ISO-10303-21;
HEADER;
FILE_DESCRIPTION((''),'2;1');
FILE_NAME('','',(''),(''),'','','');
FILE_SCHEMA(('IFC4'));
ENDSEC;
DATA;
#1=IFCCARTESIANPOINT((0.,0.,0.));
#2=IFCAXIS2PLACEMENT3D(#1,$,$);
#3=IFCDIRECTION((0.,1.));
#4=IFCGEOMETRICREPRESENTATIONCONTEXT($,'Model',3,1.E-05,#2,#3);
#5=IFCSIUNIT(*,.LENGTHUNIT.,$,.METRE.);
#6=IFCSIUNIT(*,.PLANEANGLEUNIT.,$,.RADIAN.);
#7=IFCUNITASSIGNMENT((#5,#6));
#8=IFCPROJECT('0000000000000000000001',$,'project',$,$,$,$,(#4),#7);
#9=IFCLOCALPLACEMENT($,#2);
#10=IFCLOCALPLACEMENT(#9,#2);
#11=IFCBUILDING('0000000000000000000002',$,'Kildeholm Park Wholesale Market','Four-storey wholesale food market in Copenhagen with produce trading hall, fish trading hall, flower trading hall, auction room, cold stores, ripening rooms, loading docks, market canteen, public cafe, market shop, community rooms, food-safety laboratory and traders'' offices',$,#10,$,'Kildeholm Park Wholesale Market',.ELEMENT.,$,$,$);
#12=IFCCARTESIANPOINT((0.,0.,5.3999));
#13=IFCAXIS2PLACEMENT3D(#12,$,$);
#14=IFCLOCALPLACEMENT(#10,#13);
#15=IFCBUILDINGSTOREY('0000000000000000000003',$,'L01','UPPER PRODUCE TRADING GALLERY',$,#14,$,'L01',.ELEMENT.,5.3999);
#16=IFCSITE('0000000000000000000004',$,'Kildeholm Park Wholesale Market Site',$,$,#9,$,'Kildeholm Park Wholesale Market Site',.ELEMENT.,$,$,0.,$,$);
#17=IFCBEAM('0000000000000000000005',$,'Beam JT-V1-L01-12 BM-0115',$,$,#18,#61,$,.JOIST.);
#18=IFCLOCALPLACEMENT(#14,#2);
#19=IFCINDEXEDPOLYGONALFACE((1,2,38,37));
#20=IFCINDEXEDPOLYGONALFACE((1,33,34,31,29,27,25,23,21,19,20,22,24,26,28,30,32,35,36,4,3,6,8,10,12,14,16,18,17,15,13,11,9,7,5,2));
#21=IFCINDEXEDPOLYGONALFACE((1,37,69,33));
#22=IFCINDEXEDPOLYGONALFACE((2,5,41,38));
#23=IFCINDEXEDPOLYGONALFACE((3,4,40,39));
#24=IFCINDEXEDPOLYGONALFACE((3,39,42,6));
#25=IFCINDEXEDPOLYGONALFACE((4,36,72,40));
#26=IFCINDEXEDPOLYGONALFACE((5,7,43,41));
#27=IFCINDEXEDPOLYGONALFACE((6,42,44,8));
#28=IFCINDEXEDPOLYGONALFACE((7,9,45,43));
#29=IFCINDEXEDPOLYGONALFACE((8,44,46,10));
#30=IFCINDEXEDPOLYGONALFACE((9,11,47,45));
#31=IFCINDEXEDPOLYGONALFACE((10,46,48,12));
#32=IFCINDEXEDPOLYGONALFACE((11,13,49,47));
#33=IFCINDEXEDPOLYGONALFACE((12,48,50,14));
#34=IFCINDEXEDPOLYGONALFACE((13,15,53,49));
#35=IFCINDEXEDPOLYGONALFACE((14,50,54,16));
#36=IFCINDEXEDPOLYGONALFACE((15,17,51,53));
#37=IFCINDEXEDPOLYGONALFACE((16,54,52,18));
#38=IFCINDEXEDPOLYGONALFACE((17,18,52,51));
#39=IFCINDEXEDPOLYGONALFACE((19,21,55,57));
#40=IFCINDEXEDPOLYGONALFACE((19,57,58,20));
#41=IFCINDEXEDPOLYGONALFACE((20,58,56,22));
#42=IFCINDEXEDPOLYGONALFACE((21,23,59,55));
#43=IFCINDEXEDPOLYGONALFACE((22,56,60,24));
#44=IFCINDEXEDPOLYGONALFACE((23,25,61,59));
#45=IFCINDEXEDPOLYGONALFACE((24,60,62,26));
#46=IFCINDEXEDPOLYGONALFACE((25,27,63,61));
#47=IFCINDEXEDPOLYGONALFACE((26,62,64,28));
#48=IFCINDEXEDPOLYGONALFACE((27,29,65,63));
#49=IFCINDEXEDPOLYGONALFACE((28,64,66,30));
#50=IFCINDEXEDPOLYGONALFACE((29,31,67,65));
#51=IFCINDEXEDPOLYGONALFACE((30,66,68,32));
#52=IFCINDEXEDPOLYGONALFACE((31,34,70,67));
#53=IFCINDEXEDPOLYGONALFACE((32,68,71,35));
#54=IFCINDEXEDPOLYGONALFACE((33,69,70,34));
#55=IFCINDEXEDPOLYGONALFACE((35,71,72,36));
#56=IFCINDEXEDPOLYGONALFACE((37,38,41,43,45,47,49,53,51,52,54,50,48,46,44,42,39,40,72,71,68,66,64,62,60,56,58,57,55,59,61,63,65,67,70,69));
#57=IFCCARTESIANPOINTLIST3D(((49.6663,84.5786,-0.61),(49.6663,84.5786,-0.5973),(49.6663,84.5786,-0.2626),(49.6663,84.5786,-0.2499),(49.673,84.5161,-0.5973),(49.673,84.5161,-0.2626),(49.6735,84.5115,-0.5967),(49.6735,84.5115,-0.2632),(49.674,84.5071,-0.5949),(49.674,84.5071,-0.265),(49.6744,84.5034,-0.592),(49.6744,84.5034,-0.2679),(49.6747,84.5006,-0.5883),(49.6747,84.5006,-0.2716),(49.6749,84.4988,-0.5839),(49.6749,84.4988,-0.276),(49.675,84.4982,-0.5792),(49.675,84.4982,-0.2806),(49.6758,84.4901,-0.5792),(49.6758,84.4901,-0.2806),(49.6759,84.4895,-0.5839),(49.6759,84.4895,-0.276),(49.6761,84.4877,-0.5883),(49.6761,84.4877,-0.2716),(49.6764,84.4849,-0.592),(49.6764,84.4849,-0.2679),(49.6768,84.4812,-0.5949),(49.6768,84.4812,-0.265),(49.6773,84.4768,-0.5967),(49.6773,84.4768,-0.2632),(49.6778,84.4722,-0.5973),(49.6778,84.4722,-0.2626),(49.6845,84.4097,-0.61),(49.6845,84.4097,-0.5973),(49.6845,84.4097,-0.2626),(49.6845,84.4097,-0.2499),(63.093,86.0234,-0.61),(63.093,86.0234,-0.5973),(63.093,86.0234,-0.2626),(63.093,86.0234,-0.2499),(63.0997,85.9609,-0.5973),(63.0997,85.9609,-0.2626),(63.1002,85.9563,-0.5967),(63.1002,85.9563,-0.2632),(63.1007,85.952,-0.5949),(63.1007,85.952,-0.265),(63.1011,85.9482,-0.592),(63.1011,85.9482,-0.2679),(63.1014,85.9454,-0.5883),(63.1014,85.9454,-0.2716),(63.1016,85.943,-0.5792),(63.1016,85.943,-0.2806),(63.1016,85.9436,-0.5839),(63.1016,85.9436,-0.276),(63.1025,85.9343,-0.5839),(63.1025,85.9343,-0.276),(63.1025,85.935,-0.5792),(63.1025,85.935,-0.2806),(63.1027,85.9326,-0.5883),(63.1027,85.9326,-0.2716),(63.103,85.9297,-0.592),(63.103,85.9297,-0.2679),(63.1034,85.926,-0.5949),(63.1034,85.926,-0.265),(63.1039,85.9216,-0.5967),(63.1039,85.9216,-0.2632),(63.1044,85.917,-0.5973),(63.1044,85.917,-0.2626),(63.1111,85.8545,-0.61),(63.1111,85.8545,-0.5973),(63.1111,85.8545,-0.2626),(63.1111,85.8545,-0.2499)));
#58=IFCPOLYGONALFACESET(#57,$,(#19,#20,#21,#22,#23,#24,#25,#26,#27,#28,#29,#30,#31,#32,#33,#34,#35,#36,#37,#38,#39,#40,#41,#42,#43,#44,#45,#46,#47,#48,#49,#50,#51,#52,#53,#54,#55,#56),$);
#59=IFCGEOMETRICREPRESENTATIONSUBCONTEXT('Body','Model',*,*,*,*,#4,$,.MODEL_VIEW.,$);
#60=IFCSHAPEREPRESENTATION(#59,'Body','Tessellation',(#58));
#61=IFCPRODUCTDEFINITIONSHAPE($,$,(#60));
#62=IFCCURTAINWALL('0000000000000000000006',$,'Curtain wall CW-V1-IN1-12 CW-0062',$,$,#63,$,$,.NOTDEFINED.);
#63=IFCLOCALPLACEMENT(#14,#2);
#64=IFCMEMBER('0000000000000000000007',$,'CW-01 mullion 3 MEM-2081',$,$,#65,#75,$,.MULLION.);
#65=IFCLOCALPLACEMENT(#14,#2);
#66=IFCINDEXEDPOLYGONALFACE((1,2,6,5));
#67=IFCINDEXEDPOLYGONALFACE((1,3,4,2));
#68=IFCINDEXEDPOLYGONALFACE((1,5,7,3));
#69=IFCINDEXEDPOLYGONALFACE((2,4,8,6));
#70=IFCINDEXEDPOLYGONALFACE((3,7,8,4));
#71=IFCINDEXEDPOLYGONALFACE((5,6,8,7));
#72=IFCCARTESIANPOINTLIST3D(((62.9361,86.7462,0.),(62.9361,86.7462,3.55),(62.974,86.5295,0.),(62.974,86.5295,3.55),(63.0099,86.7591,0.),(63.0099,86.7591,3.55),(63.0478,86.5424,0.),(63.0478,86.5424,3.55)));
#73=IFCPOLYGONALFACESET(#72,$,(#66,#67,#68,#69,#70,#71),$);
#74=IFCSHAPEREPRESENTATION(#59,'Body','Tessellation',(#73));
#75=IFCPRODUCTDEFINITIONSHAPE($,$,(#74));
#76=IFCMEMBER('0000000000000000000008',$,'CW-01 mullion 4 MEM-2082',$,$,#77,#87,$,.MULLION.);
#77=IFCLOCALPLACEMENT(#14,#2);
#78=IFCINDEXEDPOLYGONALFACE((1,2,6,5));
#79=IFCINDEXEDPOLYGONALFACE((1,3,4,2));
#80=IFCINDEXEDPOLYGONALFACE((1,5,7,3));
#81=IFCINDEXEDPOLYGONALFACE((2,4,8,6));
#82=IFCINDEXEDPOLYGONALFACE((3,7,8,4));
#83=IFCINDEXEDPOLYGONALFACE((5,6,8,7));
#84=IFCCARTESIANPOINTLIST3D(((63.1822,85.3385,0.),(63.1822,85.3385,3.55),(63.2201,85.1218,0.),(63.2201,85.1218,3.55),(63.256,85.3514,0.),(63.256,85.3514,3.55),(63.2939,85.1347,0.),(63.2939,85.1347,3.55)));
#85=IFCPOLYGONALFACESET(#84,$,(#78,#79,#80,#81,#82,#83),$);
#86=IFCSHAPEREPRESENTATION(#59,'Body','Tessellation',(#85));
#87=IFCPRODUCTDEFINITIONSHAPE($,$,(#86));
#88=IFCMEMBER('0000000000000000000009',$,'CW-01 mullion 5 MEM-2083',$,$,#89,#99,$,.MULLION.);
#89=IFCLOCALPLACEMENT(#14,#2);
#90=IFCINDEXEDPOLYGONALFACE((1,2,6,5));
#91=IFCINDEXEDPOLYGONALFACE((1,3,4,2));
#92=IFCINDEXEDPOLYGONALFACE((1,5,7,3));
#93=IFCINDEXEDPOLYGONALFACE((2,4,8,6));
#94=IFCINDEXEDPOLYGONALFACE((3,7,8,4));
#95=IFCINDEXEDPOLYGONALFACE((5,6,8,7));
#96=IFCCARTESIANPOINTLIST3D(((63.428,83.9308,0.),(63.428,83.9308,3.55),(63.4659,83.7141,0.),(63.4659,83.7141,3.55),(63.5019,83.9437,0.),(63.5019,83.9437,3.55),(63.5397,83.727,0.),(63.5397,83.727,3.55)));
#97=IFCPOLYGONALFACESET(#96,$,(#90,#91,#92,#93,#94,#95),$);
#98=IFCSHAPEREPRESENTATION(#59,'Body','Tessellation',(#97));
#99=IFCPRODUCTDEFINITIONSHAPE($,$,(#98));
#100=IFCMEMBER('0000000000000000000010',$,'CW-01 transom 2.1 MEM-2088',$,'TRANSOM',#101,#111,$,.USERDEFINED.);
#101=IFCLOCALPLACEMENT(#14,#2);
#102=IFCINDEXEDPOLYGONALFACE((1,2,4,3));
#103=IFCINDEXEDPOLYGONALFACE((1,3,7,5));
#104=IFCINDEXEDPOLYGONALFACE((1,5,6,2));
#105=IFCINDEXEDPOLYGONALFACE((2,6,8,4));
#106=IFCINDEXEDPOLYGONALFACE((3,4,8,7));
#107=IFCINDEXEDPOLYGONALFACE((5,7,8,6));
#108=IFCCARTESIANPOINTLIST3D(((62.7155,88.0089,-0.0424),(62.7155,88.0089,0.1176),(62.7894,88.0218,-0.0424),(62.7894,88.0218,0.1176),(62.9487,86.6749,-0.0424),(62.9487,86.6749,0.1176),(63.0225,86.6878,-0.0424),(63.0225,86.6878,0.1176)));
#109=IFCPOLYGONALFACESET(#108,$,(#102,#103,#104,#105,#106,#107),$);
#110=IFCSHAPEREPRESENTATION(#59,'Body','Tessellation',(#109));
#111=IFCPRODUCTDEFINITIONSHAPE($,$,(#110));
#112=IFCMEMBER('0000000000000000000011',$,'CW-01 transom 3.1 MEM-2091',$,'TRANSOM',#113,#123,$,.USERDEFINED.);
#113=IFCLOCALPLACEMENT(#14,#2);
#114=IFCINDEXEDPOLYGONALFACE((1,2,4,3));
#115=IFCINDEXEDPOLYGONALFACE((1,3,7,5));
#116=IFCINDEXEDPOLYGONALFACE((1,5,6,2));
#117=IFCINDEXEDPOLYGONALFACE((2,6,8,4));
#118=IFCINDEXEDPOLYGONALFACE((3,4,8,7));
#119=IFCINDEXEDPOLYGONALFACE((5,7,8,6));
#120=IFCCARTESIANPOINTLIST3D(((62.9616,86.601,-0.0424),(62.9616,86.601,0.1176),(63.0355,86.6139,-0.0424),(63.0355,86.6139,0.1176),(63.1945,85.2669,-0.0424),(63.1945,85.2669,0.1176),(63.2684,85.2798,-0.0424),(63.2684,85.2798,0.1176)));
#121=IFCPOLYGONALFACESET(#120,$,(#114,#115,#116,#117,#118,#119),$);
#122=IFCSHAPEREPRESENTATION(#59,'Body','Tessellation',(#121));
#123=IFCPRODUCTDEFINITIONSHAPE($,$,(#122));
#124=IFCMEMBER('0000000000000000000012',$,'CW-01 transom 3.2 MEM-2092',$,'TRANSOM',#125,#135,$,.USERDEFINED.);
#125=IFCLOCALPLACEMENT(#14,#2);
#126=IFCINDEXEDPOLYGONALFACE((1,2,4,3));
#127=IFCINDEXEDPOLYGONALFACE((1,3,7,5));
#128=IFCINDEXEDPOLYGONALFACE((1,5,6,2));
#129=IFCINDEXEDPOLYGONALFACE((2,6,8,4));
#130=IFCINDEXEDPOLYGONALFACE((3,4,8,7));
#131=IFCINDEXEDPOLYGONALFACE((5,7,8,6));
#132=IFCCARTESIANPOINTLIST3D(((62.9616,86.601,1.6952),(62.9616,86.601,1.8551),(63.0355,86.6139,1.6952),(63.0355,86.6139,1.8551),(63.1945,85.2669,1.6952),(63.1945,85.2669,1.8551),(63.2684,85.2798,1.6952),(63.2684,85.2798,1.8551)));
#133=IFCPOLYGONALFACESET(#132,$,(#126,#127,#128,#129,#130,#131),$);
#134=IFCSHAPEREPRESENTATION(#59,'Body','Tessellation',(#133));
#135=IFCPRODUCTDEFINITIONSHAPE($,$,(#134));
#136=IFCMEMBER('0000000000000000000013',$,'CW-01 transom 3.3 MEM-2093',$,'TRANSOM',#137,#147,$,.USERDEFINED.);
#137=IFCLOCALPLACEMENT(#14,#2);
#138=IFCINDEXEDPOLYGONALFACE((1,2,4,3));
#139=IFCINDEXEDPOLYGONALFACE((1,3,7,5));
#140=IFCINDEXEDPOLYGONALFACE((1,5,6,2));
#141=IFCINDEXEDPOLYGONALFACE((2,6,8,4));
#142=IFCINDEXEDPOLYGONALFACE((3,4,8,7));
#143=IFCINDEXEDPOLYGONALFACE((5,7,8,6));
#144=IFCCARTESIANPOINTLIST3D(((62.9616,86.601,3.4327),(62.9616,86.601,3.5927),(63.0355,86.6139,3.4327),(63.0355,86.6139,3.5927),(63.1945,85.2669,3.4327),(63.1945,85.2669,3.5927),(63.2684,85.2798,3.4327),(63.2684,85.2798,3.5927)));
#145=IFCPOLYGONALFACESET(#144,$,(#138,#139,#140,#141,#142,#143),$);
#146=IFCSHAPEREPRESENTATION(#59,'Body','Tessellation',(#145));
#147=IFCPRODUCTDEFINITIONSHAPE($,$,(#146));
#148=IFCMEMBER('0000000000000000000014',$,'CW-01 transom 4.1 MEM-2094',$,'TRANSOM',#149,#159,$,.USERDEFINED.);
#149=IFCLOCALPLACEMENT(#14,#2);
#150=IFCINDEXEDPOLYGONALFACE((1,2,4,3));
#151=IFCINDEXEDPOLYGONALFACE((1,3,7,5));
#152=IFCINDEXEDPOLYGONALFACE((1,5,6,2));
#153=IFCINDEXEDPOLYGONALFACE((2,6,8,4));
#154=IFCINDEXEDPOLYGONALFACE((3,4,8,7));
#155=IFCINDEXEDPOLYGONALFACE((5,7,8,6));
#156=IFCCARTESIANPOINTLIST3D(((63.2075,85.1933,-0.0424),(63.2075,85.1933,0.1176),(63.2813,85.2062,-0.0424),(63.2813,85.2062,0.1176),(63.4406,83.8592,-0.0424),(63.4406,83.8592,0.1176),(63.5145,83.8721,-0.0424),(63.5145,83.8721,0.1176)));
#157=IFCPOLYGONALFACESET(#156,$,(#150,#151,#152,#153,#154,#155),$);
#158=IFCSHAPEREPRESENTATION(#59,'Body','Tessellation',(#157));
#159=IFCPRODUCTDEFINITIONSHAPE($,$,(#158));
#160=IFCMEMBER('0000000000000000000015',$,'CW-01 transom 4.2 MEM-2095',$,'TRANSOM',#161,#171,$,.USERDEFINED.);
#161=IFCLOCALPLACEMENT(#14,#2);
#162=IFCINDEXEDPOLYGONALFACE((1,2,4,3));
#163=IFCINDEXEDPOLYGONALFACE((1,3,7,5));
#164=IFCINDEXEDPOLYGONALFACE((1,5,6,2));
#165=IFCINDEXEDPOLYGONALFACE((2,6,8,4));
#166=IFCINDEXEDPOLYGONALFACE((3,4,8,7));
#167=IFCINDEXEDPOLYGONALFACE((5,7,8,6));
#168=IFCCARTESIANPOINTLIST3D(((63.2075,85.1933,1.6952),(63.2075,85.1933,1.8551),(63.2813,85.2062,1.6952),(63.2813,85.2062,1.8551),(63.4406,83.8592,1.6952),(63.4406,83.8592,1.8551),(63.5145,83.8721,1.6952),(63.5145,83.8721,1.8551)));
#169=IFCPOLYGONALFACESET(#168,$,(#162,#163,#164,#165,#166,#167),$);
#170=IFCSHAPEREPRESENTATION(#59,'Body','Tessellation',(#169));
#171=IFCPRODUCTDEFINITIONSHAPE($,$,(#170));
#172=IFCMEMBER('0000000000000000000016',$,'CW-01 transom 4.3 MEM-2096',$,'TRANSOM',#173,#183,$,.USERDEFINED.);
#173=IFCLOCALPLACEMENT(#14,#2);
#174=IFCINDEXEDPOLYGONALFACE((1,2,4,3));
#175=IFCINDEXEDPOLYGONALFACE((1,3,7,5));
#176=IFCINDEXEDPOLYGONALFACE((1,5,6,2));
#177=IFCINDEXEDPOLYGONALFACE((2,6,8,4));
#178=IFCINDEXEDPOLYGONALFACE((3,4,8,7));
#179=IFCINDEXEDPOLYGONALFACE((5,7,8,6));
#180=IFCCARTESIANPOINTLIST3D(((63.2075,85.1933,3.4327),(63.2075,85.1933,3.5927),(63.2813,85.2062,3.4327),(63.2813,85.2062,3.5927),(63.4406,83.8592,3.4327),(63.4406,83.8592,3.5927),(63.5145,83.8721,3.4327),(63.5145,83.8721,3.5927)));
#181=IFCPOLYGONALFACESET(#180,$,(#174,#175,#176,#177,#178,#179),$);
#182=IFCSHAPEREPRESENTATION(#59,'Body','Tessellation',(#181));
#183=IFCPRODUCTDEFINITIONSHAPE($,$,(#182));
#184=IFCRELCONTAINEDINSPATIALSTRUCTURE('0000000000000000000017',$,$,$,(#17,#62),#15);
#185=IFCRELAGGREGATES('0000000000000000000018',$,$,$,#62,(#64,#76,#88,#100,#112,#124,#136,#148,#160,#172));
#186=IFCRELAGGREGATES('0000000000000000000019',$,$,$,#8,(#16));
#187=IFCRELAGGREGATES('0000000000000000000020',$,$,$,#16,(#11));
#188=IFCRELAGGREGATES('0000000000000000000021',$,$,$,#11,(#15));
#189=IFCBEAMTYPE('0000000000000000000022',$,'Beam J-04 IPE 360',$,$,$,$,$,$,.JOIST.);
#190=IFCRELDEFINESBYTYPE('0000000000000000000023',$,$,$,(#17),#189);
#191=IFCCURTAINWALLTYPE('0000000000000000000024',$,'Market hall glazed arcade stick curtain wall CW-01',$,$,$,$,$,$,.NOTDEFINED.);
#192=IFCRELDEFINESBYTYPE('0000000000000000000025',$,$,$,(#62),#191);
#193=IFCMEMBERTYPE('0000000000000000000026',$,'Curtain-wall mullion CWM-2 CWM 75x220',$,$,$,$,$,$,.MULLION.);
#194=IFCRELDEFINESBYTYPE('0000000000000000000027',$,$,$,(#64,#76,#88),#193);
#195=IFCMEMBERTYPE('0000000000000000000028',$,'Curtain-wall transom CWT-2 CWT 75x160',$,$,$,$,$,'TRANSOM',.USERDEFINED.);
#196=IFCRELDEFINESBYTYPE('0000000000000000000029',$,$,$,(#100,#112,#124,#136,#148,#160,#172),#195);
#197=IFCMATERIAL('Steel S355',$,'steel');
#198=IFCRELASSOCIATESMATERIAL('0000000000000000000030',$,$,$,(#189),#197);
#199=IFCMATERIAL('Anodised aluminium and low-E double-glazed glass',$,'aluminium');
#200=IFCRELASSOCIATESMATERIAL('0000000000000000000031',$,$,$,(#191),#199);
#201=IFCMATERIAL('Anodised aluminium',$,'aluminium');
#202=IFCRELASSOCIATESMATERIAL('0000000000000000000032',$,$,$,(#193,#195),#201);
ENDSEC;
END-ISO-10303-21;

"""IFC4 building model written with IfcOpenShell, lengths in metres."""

from ifc_helpers import new_model, si_unit, direction, frame, origin, origin_2d, place, context, subcontext, project, spatial, rectangle, i_section, extrude, material, material_profile, profile_set, type_object, element, aggregate, save


model = new_model("IFC4")

# Units and contexts
model_context = context("Model", 3, precision=1e-05, world=origin(), true_north=direction((0.0, 1.0)))
body_context = subcontext(model_context, "Body", "Model", "MODEL_VIEW")
ifc_project = project(units=[si_unit("LENGTHUNIT", "METRE"), si_unit("PLANEANGLEUNIT", "RADIAN")], contexts=[model_context])

# Site, building, storey
site_placement = place(None, origin())
site = spatial("IfcSite", under=ifc_project, at=site_placement, Name="Kildeholm Park Wholesale Market Site", LongName="Kildeholm Park Wholesale Market Site", CompositionType="ELEMENT", RefElevation=0.0)
building_placement = place(site_placement, origin())
building = spatial("IfcBuilding", under=site, at=building_placement, Name="Kildeholm Park Wholesale Market", Description="Four-storey wholesale food market in Copenhagen with produce trading hall, fish trading hall, flower trading hall, auction room, cold stores, ripening rooms, loading docks, market canteen, public cafe, market shop, community rooms, food-safety laboratory and traders' offices", LongName="Kildeholm Park Wholesale Market", CompositionType="ELEMENT")
storey_placement = place(building_placement, frame((0.0, 0.0, 5.3999)))
storey = spatial("IfcBuildingStorey", under=building, at=storey_placement, Name="L01", Description="UPPER PRODUCE TRADING GALLERY", LongName="L01", CompositionType="ELEMENT", Elevation=5.3999)

# Beam
ifc_material_1 = material(Name="Steel S355", Category="steel")
ifc_material_profile_1 = material_profile(ifc_material_1, i_section(OverallWidth=0.1699, OverallDepth=0.3601, WebThickness=0.0081, FlangeThickness=0.0127, FilletRadius=0.0181, at=origin_2d()), Name="IPE 360")
ifc_profile_set_1 = profile_set([ifc_material_profile_1], Name="Steel S355")
beam_type = type_object("IfcBeamType", Name="Beam J-04 IPE 360", PredefinedType="JOIST", material=ifc_profile_set_1)
beam_placement = place(storey_placement, frame((63.1021, 85.939, -0.4299), z_axis=(-0.99426, -0.10699, 0.0), x_axis=(0.10699, -0.99426, 0.0)))
element("IfcBeam", 1, at=beam_placement, inside=storey, type_object=beam_type, Name="Beam JT-V1-L01-12 BM-0115", PredefinedType="JOIST", context=body_context, shape_type="SweptSolid", body=[
    extrude(i_section(OverallWidth=0.1699, OverallDepth=0.3601, WebThickness=0.0081, FlangeThickness=0.0127, FilletRadius=0.0181, at=origin_2d()), origin(), (0.0, 0.0, 1.0), 13.5042),
])

# Curtain wall, members
ifc_material_2 = material(Name="Anodised aluminium and low-E double-glazed glass", Category="aluminium")
curtain_wall_type = type_object("IfcCurtainWallType", Name="Market hall glazed arcade stick curtain wall CW-01", PredefinedType="NOTDEFINED", material=ifc_material_2)
curtain_wall_placement = place(storey_placement, origin())
curtain_wall = element("IfcCurtainWall", 2, at=curtain_wall_placement, inside=storey, type_object=curtain_wall_type, Name="Curtain wall CW-V1-IN1-12 CW-0062", PredefinedType="NOTDEFINED")
ifc_material_3 = material(Name="Anodised aluminium", Category="aluminium")
ifc_material_profile_2 = material_profile(ifc_material_3, rectangle(XDim=0.075, YDim=0.22, at=origin_2d()), Name="CWM 75x220")
ifc_profile_set_2 = profile_set([ifc_material_profile_2], Name="Anodised aluminium")
member_type_1 = type_object("IfcMemberType", Name="Curtain-wall mullion CWM-2 CWM 75x220", PredefinedType="MULLION", material=ifc_profile_set_2)
member_1_placement = place(storey_placement, frame((62.9919, 86.6443, 0.0), z_axis=(0.0, 0.0, 1.0), x_axis=(0.985074, 0.172133, 0.0)))
member_1 = element("IfcMember", 3, at=member_1_placement, type_object=member_type_1, Name="CW-01 mullion 3 MEM-2081", PredefinedType="MULLION", context=body_context, shape_type="SweptSolid", body=[
    extrude(rectangle(XDim=0.075, YDim=0.22, at=origin_2d()), origin(), (0.0, 0.0, 1.0), 3.55),
])
member_2_placement = place(storey_placement, frame((63.238, 85.2366, 0.0), z_axis=(0.0, 0.0, 1.0), x_axis=(0.985074, 0.172133, 0.0)))
member_2 = element("IfcMember", 4, at=member_2_placement, type_object=member_type_1, Name="CW-01 mullion 4 MEM-2082", PredefinedType="MULLION", context=body_context, shape_type="SweptSolid", body=[
    extrude(rectangle(XDim=0.075, YDim=0.22, at=origin_2d()), origin(), (0.0, 0.0, 1.0), 3.55),
])
member_3_placement = place(storey_placement, frame((63.4839, 83.8289, 0.0), z_axis=(0.0, 0.0, 1.0), x_axis=(0.985074, 0.172133, 0.0)))
member_3 = element("IfcMember", 5, at=member_3_placement, type_object=member_type_1, Name="CW-01 mullion 5 MEM-2083", PredefinedType="MULLION", context=body_context, shape_type="SweptSolid", body=[
    extrude(rectangle(XDim=0.075, YDim=0.22, at=origin_2d()), origin(), (0.0, 0.0, 1.0), 3.55),
])
ifc_material_profile_3 = material_profile(ifc_material_3, rectangle(XDim=0.075, YDim=0.1599, at=origin_2d()), Name="CWT 75x160")
ifc_profile_set_3 = profile_set([ifc_material_profile_3], Name="Anodised aluminium")
member_type_2 = type_object("IfcMemberType", Name="Curtain-wall transom CWT-2 CWT 75x160", ElementType="TRANSOM", PredefinedType="USERDEFINED", material=ifc_profile_set_3)
member_4_placement = place(storey_placement, frame((62.7524, 88.0154, 0.0376), z_axis=(0.17217, -0.985067, 0.0), x_axis=(0.985067, 0.17217, 0.0)))
member_4 = element("IfcMember", 6, at=member_4_placement, type_object=member_type_2, Name="CW-01 transom 2.1 MEM-2088", ObjectType="TRANSOM", PredefinedType="USERDEFINED", context=body_context, shape_type="SweptSolid", body=[
    extrude(rectangle(XDim=0.075, YDim=0.1599, at=origin_2d()), origin(), (0.0, 0.0, 1.0), 1.3542),
])
member_5_placement = place(storey_placement, frame((62.9985, 86.6074, 0.0376), z_axis=(0.171995, -0.985098, 0.0), x_axis=(0.985098, 0.171995, 0.0)))
member_5 = element("IfcMember", 7, at=member_5_placement, type_object=member_type_2, Name="CW-01 transom 3.1 MEM-2091", ObjectType="TRANSOM", PredefinedType="USERDEFINED", context=body_context, shape_type="SweptSolid", body=[
    extrude(rectangle(XDim=0.075, YDim=0.1599, at=origin_2d()), origin(), (0.0, 0.0, 1.0), 1.3542),
])
member_6_placement = place(storey_placement, frame((62.9985, 86.6074, 1.7751), z_axis=(0.171995, -0.985098, 0.0), x_axis=(0.985098, 0.171995, 0.0)))
member_6 = element("IfcMember", 8, at=member_6_placement, type_object=member_type_2, Name="CW-01 transom 3.2 MEM-2092", ObjectType="TRANSOM", PredefinedType="USERDEFINED", context=body_context, shape_type="SweptSolid", body=[
    extrude(rectangle(XDim=0.075, YDim=0.1599, at=origin_2d()), origin(), (0.0, 0.0, 1.0), 1.3542),
])
member_7_placement = place(storey_placement, frame((62.9985, 86.6074, 3.5127), z_axis=(0.171995, -0.985098, 0.0), x_axis=(0.985098, 0.171995, 0.0)))
member_7 = element("IfcMember", 9, at=member_7_placement, type_object=member_type_2, Name="CW-01 transom 3.3 MEM-2093", ObjectType="TRANSOM", PredefinedType="USERDEFINED", context=body_context, shape_type="SweptSolid", body=[
    extrude(rectangle(XDim=0.075, YDim=0.1599, at=origin_2d()), origin(), (0.0, 0.0, 1.0), 1.3542),
])
member_8_placement = place(storey_placement, frame((63.2444, 85.1997, 0.0376), z_axis=(0.17217, -0.985067, 0.0), x_axis=(0.985067, 0.17217, 0.0)))
member_8 = element("IfcMember", 10, at=member_8_placement, type_object=member_type_2, Name="CW-01 transom 4.1 MEM-2094", ObjectType="TRANSOM", PredefinedType="USERDEFINED", context=body_context, shape_type="SweptSolid", body=[
    extrude(rectangle(XDim=0.075, YDim=0.1599, at=origin_2d()), origin(), (0.0, 0.0, 1.0), 1.3542),
])
member_9_placement = place(storey_placement, frame((63.2444, 85.1997, 1.7751), z_axis=(0.17217, -0.985067, 0.0), x_axis=(0.985067, 0.17217, 0.0)))
member_9 = element("IfcMember", 11, at=member_9_placement, type_object=member_type_2, Name="CW-01 transom 4.2 MEM-2095", ObjectType="TRANSOM", PredefinedType="USERDEFINED", context=body_context, shape_type="SweptSolid", body=[
    extrude(rectangle(XDim=0.075, YDim=0.1599, at=origin_2d()), origin(), (0.0, 0.0, 1.0), 1.3542),
])
member_10_placement = place(storey_placement, frame((63.2444, 85.1997, 3.5127), z_axis=(0.17217, -0.985067, 0.0), x_axis=(0.985067, 0.17217, 0.0)))
member_10 = element("IfcMember", 12, at=member_10_placement, type_object=member_type_2, Name="CW-01 transom 4.3 MEM-2096", ObjectType="TRANSOM", PredefinedType="USERDEFINED", context=body_context, shape_type="SweptSolid", body=[
    extrude(rectangle(XDim=0.075, YDim=0.1599, at=origin_2d()), origin(), (0.0, 0.0, 1.0), 1.3542),
])
aggregate(curtain_wall, [member_1, member_2, member_3, member_4, member_5, member_6, member_7, member_8, member_9, member_10])

save(model, "model.ifc")
